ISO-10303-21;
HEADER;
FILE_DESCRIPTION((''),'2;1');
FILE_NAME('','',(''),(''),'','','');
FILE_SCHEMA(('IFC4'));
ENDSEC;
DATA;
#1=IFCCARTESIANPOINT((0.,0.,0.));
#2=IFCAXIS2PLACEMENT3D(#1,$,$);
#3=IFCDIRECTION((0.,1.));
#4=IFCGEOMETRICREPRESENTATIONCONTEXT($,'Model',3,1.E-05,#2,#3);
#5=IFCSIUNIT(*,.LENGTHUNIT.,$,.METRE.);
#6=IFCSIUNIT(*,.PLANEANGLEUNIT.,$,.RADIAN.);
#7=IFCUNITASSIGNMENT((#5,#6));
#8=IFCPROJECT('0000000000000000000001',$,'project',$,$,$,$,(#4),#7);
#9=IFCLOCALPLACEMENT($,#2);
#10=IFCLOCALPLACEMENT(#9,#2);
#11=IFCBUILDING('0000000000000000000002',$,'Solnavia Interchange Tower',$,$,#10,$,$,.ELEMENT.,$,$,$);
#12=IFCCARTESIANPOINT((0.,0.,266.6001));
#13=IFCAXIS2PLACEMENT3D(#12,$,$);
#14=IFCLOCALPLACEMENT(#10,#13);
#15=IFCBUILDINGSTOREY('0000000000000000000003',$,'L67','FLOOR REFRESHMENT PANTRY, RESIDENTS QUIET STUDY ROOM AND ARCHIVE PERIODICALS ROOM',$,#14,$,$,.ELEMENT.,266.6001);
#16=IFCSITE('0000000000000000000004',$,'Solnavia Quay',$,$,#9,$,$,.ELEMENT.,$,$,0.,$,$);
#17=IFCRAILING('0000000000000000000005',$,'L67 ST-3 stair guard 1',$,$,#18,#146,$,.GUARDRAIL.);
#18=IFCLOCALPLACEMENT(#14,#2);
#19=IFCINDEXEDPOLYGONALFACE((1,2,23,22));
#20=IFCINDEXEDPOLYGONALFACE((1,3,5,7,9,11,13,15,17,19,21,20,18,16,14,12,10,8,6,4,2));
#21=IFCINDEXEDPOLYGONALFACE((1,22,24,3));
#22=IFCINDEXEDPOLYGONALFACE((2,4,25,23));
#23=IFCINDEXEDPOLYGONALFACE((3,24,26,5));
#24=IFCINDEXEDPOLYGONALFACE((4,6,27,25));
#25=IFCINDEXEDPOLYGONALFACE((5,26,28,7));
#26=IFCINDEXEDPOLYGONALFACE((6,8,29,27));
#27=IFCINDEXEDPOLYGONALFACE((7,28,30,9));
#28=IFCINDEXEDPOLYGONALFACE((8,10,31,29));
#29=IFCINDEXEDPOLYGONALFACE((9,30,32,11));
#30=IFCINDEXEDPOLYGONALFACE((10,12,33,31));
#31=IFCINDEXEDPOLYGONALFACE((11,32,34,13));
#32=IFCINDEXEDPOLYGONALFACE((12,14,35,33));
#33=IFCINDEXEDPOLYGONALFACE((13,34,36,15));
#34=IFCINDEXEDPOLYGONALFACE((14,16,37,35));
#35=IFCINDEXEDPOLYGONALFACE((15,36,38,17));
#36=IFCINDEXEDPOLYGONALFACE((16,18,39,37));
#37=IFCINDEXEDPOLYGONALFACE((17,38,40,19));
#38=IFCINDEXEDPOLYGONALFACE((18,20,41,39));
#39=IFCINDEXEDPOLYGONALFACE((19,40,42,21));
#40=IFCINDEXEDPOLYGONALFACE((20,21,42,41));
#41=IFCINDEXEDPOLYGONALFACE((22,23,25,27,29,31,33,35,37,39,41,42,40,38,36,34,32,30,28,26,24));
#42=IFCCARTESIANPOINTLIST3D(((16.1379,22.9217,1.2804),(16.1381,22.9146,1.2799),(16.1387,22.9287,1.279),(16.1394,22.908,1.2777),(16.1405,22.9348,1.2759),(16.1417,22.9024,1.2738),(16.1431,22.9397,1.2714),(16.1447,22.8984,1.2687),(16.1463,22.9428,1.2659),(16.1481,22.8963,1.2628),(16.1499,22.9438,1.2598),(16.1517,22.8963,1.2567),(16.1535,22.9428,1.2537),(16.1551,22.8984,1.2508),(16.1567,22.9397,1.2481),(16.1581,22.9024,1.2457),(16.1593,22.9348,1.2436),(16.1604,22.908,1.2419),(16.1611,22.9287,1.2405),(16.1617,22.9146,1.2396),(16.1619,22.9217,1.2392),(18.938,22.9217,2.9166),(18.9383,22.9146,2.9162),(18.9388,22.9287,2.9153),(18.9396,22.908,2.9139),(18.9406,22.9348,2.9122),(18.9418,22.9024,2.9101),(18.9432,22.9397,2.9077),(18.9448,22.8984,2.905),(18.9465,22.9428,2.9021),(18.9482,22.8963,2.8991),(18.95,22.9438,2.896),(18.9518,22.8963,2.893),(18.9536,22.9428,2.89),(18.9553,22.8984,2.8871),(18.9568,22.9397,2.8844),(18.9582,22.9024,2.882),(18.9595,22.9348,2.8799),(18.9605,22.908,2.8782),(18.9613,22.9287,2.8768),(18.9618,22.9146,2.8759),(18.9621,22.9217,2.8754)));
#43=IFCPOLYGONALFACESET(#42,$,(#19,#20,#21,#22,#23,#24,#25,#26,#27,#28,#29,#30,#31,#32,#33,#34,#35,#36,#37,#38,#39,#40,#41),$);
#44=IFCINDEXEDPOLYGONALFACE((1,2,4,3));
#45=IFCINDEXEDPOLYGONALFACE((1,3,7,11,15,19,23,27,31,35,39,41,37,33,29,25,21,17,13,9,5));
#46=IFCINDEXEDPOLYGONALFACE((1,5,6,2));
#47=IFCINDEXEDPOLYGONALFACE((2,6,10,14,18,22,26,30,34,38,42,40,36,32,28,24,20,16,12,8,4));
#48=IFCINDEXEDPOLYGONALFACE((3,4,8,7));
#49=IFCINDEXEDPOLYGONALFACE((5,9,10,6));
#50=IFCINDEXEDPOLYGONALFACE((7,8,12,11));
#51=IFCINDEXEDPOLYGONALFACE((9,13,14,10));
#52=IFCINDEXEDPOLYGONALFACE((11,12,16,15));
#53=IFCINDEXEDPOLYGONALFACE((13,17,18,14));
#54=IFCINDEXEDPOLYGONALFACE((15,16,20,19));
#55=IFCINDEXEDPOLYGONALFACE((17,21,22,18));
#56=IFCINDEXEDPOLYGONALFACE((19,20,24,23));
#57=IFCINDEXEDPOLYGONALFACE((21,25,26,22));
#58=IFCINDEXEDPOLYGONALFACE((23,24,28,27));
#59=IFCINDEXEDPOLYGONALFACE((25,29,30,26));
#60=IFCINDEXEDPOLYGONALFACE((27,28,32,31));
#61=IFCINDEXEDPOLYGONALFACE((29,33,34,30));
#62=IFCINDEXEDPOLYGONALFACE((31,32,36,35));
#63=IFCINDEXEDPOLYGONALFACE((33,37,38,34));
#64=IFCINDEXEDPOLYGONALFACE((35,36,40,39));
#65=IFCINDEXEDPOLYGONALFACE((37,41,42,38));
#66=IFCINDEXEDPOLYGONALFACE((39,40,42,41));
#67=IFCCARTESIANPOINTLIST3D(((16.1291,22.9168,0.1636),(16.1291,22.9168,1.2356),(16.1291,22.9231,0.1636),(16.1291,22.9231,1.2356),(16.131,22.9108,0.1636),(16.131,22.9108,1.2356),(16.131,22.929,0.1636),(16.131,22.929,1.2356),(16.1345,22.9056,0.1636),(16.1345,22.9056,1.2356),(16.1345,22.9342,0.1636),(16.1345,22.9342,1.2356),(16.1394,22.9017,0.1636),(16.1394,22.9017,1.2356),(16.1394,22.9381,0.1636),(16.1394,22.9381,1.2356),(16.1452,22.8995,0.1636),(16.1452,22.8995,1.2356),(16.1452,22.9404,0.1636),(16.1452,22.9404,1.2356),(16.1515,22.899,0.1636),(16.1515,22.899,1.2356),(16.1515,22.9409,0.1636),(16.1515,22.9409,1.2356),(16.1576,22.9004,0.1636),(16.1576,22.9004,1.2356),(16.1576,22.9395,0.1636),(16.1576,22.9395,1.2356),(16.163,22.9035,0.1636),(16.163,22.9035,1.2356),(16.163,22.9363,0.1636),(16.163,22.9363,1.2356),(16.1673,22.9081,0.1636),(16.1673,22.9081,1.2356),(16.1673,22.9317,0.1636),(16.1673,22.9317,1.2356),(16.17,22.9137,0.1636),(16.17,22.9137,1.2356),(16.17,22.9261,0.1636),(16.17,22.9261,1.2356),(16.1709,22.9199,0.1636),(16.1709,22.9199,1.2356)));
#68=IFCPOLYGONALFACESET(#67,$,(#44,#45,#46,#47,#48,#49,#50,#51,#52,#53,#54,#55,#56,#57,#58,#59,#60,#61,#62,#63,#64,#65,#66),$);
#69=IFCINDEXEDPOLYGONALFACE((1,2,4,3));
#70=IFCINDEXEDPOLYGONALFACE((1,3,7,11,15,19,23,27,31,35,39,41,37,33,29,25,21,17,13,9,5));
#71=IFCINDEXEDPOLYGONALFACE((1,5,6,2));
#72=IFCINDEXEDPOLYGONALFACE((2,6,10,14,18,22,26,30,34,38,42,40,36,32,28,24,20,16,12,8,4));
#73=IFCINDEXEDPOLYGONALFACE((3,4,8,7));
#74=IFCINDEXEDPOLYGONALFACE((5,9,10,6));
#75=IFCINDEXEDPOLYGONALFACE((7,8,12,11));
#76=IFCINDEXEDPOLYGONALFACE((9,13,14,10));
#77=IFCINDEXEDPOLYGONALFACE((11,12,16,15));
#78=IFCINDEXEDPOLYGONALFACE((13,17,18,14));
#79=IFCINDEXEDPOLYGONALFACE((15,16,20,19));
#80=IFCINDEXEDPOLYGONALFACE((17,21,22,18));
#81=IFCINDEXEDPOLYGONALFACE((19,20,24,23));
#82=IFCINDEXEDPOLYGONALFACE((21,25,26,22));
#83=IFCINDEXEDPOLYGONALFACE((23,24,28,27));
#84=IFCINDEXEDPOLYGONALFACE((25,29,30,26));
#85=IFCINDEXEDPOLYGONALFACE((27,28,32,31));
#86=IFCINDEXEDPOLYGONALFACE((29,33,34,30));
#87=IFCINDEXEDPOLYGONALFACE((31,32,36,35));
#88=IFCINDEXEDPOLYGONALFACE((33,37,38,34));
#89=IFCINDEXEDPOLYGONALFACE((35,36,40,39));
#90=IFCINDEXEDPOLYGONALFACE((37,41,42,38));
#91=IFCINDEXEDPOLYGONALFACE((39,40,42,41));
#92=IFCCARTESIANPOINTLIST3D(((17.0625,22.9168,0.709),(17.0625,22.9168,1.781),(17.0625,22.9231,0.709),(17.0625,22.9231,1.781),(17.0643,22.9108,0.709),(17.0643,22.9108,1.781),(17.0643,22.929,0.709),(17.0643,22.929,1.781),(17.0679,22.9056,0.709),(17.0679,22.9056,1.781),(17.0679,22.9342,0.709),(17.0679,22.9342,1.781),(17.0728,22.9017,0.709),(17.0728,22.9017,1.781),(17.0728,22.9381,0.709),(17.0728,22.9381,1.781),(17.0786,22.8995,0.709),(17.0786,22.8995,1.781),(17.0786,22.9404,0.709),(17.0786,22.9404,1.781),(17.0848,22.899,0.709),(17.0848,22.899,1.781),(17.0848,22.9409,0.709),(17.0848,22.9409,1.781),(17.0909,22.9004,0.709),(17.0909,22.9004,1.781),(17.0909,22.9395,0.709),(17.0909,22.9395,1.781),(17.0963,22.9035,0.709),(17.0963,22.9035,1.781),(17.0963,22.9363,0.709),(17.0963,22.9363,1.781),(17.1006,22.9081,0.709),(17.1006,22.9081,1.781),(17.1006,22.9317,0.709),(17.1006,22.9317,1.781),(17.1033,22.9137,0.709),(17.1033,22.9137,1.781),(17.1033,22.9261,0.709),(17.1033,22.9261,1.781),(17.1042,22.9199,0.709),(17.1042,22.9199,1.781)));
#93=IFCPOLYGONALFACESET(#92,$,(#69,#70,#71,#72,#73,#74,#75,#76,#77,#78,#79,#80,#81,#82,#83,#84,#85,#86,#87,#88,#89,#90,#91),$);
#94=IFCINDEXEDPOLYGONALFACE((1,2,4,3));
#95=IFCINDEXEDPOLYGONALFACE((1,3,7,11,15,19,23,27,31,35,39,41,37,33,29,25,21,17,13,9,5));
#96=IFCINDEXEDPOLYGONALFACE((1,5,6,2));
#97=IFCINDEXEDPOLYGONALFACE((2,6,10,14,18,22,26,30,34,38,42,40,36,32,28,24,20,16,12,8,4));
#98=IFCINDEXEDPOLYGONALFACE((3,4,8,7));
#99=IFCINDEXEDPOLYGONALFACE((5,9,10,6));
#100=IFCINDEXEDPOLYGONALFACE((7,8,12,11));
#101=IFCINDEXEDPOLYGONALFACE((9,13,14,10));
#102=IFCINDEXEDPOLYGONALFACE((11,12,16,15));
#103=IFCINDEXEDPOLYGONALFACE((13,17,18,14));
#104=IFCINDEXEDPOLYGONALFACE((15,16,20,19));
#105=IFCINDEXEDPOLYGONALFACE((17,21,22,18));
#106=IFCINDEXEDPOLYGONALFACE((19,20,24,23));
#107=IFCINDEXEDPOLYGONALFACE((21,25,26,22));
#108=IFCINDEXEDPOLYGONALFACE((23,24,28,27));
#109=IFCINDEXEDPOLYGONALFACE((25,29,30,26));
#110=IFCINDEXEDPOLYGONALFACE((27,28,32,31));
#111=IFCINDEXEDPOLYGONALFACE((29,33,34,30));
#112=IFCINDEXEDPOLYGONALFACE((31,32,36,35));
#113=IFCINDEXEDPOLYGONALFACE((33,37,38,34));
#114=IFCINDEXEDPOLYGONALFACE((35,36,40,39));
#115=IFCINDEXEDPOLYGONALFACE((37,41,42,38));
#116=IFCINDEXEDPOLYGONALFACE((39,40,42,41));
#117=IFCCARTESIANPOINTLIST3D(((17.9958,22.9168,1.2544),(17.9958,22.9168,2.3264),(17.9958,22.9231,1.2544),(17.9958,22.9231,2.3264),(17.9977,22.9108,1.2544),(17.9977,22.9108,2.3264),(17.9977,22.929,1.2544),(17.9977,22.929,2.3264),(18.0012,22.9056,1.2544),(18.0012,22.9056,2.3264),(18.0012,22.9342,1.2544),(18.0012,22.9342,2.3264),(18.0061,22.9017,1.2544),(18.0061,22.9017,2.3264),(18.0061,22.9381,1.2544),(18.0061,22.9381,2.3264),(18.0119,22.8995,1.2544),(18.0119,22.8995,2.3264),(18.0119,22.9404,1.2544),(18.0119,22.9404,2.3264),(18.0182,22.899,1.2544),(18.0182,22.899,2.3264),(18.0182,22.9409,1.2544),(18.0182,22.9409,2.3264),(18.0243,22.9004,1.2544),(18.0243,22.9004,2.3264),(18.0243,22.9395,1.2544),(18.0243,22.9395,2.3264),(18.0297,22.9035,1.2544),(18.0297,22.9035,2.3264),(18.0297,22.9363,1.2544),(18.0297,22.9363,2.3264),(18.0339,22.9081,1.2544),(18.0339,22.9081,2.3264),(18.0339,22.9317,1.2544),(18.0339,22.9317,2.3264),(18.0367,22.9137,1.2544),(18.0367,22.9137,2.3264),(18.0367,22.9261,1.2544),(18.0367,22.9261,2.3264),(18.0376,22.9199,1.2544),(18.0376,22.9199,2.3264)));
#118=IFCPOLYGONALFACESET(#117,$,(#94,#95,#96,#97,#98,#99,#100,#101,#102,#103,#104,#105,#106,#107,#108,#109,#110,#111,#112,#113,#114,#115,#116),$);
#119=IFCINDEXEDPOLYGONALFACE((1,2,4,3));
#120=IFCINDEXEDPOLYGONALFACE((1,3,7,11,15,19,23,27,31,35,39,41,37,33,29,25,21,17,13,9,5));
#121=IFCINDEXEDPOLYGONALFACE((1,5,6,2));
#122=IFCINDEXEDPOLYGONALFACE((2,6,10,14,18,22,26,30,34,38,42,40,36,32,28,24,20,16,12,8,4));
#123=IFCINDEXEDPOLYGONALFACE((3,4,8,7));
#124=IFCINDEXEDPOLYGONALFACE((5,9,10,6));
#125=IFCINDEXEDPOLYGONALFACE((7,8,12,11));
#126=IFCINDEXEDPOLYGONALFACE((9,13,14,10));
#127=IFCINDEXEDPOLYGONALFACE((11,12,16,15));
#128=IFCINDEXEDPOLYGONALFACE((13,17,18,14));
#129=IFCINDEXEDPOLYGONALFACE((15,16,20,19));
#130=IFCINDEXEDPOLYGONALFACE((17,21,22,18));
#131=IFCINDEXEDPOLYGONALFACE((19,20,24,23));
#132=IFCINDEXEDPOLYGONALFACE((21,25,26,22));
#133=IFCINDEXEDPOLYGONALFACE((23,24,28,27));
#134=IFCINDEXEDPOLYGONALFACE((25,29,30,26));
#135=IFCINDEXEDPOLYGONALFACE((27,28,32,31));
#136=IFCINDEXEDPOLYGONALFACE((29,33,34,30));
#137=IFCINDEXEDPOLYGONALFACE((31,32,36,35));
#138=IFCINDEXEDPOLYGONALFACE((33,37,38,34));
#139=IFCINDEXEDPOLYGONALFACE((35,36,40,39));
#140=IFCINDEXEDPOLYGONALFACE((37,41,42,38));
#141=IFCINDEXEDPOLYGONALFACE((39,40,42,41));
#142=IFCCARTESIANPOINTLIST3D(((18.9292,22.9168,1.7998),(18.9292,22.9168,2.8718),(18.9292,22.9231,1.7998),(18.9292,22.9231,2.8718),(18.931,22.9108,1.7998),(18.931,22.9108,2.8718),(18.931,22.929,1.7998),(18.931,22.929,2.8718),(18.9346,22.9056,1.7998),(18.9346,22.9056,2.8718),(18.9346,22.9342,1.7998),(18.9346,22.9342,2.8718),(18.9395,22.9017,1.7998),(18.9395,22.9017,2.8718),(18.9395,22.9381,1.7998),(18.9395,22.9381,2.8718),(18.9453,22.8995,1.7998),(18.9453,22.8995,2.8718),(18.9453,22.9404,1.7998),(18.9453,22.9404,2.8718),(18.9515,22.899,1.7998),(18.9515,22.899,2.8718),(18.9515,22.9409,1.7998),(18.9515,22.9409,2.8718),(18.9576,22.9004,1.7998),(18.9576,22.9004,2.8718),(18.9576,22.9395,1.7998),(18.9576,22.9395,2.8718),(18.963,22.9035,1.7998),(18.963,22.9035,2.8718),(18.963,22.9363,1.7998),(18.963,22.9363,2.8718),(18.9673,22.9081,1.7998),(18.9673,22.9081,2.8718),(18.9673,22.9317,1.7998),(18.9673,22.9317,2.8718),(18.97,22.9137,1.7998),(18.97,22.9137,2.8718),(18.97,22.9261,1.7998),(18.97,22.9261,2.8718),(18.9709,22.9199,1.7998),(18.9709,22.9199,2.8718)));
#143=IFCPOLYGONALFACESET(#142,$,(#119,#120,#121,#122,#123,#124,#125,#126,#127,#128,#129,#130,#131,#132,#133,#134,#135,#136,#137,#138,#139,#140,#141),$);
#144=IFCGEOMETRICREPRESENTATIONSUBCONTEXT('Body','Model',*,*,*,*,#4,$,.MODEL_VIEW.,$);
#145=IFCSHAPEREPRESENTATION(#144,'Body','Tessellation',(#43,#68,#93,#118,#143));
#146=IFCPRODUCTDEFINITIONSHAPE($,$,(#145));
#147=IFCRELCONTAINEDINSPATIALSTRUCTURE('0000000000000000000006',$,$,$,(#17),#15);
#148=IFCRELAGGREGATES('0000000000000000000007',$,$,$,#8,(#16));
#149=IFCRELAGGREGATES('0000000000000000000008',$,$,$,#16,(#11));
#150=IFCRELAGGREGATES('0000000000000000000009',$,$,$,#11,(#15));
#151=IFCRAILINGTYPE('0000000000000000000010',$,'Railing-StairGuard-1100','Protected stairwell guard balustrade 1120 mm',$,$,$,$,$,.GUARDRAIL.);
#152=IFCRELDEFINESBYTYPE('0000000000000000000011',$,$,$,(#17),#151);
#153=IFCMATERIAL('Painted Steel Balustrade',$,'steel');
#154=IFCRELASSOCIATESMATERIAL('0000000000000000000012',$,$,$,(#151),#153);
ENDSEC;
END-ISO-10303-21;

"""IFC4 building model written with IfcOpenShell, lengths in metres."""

from ifc_helpers import new_model, si_unit, direction, frame, origin, origin_2d, place, context, subcontext, project, spatial, circle, extrude, material, type_object, element, save


model = new_model("IFC4")

# Units and contexts
model_context = context("Model", 3, precision=1e-05, world=origin(), true_north=direction((0.0, 1.0)))
body_context = subcontext(model_context, "Body", "Model", "MODEL_VIEW")
ifc_project = project(units=[si_unit("LENGTHUNIT", "METRE"), si_unit("PLANEANGLEUNIT", "RADIAN")], contexts=[model_context])

# Site, building, storey
site_placement = place(None, origin())
site = spatial("IfcSite", under=ifc_project, at=site_placement, Name="Solnavia Quay", CompositionType="ELEMENT", RefElevation=0.0)
building_placement = place(site_placement, origin())
building = spatial("IfcBuilding", under=site, at=building_placement, Name="Solnavia Interchange Tower", CompositionType="ELEMENT")
storey_placement = place(building_placement, frame((0.0, 0.0, 266.6001)))
storey = spatial("IfcBuildingStorey", under=building, at=storey_placement, Name="L67", Description="FLOOR REFRESHMENT PANTRY, RESIDENTS QUIET STUDY ROOM AND ARCHIVE PERIODICALS ROOM", CompositionType="ELEMENT", Elevation=266.6001)

# Railing
ifc_material_1 = material(Name="Painted Steel Balustrade", Category="steel")
railing_type_1 = type_object("IfcRailingType", Name="Railing-StairGuard-1100", Description="Protected stairwell guard balustrade 1120 mm", PredefinedType="GUARDRAIL", material=ifc_material_1)
railing_1_placement = place(storey_placement, frame((16.1499, 22.9199, 0.1636)))
element("IfcRailing", 1, at=railing_1_placement, inside=storey, type_object=railing_type_1, Name="L67 ST-3 stair guard 1", PredefinedType="GUARDRAIL", context=body_context, shape_type="SweptSolid", body=[
    extrude(circle(Radius=0.0239, at=origin_2d()), frame((0.0, 0.0, 1.0962), z_axis=(0.863394, 0.0, 0.504531), x_axis=(0.0, 1.0, 0.0)), (0.0, 0.0, 1.0), 3.2432),
    extrude(circle(Radius=0.021, at=origin_2d()), origin(), (0.0, 0.0, 1.0), 1.072),
    extrude(circle(Radius=0.021, at=origin_2d()), frame((0.9333, 0.0, 0.5454)), (0.0, 0.0, 1.0), 1.072),
    extrude(circle(Radius=0.021, at=origin_2d()), frame((1.8667, 0.0, 1.0908)), (0.0, 0.0, 1.0), 1.072),
    extrude(circle(Radius=0.021, at=origin_2d()), frame((2.8, 0.0, 1.6362)), (0.0, 0.0, 1.0), 1.072),
])

save(model, "model.ifc")
